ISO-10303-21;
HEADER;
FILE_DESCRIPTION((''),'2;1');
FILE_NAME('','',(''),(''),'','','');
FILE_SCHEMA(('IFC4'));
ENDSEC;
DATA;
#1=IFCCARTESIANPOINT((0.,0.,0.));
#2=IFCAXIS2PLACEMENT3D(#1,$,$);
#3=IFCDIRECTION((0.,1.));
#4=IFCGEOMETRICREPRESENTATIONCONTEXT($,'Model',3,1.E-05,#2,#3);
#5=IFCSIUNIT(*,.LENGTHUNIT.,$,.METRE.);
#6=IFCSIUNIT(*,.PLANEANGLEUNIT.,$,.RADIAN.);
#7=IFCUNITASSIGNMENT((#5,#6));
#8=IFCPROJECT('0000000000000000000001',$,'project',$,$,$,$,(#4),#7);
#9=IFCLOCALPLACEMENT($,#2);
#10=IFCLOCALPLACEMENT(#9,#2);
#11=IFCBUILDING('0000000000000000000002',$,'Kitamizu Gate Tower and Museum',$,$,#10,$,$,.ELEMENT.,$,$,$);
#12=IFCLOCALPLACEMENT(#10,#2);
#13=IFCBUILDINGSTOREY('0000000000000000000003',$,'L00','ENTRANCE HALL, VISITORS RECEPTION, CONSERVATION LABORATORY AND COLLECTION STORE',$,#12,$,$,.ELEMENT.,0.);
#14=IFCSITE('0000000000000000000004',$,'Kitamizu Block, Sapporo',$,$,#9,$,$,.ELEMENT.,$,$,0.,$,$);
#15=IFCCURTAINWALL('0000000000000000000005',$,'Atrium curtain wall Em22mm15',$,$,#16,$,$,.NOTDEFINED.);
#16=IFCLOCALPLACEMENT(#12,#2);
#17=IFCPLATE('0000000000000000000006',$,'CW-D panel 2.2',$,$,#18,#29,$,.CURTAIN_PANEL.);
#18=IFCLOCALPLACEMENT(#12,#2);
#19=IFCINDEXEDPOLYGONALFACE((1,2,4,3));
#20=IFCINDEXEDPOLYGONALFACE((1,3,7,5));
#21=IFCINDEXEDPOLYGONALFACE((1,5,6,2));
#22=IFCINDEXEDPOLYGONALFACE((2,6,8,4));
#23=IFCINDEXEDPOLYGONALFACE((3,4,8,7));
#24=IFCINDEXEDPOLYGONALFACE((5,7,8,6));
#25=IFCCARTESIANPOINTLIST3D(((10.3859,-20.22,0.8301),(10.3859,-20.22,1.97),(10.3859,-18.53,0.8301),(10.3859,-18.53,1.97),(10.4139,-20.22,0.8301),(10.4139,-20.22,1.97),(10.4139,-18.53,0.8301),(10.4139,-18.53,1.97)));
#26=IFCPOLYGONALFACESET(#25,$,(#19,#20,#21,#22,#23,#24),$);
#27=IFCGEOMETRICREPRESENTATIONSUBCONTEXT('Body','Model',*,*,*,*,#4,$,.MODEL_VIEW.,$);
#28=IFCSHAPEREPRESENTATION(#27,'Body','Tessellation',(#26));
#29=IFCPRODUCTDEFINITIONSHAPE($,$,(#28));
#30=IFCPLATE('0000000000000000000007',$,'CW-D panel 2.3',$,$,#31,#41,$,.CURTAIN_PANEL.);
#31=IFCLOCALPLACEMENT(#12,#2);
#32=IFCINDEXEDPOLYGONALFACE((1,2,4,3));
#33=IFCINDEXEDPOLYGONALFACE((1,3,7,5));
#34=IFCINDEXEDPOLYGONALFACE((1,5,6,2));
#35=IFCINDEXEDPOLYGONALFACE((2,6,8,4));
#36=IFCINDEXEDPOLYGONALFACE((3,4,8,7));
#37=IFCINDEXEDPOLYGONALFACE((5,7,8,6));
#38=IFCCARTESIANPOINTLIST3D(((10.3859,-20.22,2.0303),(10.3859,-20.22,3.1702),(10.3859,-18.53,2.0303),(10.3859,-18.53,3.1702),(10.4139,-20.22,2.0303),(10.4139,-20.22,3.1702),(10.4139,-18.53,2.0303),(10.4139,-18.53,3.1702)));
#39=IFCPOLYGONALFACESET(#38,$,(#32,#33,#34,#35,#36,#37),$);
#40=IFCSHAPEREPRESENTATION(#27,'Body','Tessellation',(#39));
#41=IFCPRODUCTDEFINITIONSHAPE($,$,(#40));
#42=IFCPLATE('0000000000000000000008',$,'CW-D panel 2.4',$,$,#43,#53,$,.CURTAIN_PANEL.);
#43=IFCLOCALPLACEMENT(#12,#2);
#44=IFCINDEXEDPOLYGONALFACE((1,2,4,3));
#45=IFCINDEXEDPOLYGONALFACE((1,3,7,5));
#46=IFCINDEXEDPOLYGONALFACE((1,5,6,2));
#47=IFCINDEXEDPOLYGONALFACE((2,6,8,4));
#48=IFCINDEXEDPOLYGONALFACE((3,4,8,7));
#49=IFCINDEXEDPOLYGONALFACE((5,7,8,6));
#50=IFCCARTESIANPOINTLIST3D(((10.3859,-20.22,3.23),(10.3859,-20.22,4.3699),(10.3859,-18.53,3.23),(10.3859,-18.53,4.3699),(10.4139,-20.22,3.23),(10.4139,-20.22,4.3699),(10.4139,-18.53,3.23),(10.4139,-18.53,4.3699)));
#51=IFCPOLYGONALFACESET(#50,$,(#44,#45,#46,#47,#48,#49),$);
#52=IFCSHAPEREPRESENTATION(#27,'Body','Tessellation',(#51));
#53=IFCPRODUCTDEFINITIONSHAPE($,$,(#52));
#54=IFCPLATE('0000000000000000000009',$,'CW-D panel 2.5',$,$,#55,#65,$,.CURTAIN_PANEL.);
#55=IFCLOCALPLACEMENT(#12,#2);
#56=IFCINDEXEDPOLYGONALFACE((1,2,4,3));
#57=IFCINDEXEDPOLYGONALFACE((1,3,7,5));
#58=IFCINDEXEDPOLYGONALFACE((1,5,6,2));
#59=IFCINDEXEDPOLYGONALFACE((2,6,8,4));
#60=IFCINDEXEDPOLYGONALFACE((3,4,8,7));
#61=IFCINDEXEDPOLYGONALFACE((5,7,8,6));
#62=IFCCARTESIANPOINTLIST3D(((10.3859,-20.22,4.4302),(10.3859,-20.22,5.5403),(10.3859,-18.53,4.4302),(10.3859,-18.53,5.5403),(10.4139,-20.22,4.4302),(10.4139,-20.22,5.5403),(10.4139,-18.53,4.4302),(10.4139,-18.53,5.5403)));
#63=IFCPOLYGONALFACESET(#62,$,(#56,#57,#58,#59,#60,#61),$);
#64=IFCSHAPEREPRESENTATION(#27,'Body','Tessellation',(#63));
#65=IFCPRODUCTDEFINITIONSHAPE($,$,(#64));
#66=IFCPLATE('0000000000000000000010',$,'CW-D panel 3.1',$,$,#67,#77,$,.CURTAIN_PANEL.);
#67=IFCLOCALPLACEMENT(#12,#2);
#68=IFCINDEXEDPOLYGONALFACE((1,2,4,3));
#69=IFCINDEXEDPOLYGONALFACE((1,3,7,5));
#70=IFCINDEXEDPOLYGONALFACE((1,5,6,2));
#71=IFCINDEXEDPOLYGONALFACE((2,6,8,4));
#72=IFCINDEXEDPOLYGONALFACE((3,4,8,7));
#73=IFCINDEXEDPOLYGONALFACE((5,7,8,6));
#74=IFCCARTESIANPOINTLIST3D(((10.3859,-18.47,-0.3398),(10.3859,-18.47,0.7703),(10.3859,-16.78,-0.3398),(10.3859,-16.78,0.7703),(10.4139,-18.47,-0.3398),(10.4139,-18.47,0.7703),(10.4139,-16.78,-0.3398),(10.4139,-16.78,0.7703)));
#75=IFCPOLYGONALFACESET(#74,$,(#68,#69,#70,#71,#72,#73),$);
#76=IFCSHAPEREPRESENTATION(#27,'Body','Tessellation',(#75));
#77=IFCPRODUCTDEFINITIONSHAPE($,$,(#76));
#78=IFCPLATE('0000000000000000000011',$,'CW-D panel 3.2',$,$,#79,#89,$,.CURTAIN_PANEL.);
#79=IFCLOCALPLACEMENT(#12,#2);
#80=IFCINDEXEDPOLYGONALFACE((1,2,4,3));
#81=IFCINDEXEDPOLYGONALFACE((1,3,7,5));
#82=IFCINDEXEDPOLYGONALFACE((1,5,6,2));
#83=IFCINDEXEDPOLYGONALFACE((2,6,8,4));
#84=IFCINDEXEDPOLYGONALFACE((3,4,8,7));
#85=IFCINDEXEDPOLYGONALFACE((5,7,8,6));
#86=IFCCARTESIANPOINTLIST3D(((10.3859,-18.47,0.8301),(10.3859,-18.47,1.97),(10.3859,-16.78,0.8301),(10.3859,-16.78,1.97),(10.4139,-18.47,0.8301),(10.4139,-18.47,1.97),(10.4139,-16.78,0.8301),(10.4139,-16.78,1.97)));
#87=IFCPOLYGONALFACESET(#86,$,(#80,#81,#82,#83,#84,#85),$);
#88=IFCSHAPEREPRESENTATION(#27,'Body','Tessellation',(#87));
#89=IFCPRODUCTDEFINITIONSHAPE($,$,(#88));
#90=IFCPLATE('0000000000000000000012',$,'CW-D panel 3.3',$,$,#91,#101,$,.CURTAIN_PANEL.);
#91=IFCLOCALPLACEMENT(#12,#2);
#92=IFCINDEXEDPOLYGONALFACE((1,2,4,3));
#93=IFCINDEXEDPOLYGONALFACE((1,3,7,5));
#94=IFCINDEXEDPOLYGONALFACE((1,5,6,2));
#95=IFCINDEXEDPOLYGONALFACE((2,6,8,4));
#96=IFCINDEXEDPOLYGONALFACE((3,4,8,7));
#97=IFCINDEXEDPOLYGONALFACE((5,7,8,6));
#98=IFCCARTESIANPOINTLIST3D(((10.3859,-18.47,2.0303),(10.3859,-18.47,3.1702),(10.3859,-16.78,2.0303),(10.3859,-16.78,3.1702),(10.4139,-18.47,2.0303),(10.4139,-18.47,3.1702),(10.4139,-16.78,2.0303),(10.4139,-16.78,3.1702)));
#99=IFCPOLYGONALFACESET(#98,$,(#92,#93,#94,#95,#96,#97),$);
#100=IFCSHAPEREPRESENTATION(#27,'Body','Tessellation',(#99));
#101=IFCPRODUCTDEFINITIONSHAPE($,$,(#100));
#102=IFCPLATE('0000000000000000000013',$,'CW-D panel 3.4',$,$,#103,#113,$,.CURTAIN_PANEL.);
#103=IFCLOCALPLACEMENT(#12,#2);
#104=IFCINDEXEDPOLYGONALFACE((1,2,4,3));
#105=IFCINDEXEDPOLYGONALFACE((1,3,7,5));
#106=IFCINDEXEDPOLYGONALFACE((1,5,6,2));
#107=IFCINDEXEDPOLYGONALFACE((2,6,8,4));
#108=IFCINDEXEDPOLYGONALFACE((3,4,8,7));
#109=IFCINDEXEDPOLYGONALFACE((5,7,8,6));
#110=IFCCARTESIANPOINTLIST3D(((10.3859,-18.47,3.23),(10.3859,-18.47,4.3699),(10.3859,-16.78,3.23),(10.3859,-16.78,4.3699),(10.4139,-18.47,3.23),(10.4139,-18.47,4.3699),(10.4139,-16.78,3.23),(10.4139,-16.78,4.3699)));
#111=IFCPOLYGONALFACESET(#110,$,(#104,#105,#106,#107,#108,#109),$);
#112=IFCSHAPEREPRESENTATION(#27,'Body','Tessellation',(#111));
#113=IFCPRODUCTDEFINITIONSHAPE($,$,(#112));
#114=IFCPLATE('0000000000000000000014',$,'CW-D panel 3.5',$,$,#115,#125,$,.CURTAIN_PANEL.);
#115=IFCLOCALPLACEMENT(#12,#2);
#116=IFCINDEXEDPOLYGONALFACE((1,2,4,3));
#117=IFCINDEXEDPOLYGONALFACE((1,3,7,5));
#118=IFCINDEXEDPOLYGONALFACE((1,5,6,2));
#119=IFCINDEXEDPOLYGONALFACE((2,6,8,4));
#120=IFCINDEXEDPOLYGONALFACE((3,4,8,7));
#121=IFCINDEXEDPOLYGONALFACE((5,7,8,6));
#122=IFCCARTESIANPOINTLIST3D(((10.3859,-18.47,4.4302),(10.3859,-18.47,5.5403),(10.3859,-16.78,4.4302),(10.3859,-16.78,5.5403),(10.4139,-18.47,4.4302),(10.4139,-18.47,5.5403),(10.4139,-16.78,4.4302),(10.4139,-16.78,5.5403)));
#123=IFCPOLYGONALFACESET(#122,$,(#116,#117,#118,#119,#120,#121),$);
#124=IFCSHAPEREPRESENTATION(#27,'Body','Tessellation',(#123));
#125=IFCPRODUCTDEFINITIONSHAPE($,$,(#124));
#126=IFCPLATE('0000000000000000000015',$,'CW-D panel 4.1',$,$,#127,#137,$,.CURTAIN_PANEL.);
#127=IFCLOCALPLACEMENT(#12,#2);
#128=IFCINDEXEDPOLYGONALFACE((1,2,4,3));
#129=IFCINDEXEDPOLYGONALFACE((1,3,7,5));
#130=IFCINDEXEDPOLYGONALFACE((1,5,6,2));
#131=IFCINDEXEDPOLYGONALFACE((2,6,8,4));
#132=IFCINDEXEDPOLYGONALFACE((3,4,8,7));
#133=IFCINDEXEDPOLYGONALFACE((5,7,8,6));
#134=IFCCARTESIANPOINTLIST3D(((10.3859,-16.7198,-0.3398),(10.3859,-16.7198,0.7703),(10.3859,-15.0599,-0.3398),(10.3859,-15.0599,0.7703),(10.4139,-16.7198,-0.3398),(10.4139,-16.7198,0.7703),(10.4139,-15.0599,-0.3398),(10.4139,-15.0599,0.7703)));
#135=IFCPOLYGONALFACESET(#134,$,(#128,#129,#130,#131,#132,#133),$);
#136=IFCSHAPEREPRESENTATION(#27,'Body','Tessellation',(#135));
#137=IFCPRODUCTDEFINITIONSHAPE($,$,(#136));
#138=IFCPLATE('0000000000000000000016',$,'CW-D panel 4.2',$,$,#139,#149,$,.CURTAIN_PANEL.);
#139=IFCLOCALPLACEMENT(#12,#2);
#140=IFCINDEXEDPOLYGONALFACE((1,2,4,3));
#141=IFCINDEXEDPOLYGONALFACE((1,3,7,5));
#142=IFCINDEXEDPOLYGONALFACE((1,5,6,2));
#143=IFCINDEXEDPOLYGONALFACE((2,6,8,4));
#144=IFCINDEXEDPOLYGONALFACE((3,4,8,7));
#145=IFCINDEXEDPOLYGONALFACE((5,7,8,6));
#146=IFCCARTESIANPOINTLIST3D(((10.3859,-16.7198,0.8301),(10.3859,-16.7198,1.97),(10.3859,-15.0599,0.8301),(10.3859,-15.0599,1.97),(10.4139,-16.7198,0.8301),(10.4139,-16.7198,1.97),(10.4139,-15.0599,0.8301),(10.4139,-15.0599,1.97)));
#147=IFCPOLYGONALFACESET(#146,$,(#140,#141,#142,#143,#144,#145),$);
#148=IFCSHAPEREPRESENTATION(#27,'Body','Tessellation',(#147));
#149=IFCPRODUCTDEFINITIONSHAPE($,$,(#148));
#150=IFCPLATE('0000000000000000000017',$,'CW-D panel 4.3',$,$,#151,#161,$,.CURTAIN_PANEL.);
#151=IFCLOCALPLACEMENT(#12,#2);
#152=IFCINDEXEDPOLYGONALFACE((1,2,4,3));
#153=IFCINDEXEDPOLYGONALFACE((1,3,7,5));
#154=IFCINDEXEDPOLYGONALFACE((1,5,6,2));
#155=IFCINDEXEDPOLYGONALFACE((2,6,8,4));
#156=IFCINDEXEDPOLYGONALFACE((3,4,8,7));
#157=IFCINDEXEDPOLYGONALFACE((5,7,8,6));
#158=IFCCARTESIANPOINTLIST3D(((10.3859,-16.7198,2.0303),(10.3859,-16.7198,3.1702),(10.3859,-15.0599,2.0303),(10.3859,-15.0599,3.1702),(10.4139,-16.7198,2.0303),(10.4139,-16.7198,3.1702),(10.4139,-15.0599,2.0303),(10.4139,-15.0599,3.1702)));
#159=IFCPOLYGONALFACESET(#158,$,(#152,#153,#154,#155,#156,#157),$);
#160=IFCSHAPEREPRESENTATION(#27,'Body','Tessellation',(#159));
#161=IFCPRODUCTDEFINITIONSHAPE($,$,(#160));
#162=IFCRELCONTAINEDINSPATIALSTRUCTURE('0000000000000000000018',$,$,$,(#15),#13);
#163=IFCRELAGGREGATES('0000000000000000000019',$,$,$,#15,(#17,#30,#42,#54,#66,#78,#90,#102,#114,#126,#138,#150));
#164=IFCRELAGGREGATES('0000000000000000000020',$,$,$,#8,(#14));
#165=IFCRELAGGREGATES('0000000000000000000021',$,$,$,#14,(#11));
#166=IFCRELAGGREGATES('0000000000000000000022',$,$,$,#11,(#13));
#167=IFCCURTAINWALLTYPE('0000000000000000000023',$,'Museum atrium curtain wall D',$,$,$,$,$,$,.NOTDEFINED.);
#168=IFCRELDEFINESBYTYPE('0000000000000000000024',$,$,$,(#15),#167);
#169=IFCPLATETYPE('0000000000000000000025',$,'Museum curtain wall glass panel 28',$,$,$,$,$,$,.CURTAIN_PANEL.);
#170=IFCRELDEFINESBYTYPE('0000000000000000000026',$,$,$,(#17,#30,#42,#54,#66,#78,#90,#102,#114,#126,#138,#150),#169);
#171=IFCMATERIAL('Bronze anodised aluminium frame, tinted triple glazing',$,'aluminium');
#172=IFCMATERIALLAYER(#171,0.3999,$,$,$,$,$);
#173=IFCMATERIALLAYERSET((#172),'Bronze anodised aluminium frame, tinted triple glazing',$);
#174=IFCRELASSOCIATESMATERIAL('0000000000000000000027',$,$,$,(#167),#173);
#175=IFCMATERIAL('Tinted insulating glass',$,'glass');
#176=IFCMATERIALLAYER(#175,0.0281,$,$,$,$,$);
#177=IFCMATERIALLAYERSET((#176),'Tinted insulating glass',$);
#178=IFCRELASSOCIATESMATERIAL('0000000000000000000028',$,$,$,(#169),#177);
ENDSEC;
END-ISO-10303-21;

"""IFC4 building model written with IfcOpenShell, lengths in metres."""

from ifc_helpers import new_model, si_unit, direction, frame, origin, origin_2d, place, context, subcontext, project, spatial, rectangle, extrude, material, layer, layer_set, type_object, element, aggregate, save


model = new_model("IFC4")

# Units and contexts
model_context = context("Model", 3, precision=1e-05, world=origin(), true_north=direction((0.0, 1.0)))
body_context = subcontext(model_context, "Body", "Model", "MODEL_VIEW")
ifc_project = project(units=[si_unit("LENGTHUNIT", "METRE"), si_unit("PLANEANGLEUNIT", "RADIAN")], contexts=[model_context])

# Site, building, storey
site_placement = place(None, origin())
site = spatial("IfcSite", under=ifc_project, at=site_placement, Name="Kitamizu Block, Sapporo", CompositionType="ELEMENT", RefElevation=0.0)
building_placement = place(site_placement, origin())
building = spatial("IfcBuilding", under=site, at=building_placement, Name="Kitamizu Gate Tower and Museum", CompositionType="ELEMENT")
storey_placement = place(building_placement, origin())
storey = spatial("IfcBuildingStorey", under=building, at=storey_placement, Name="L00", Description="ENTRANCE HALL, VISITORS RECEPTION, CONSERVATION LABORATORY AND COLLECTION STORE", CompositionType="ELEMENT", Elevation=0.0)

# Curtain wall, plates
ifc_material_1 = material(Name="Bronze anodised aluminium frame, tinted triple glazing", Category="aluminium")
ifc_layer_1 = layer(ifc_material_1, 0.3999)
ifc_layer_set_1 = layer_set([ifc_layer_1], Name="Bronze anodised aluminium frame, tinted triple glazing")
curtain_wall_type = type_object("IfcCurtainWallType", Name="Museum atrium curtain wall D", PredefinedType="NOTDEFINED", material=ifc_layer_set_1)
curtain_wall_placement = place(storey_placement, origin())
curtain_wall = element("IfcCurtainWall", 1, at=curtain_wall_placement, inside=storey, type_object=curtain_wall_type, Name="Atrium curtain wall Em22mm15", PredefinedType="NOTDEFINED")
ifc_material_2 = material(Name="Tinted insulating glass", Category="glass")
ifc_layer_2 = layer(ifc_material_2, 0.0281)
ifc_layer_set_2 = layer_set([ifc_layer_2], Name="Tinted insulating glass")
plate_type = type_object("IfcPlateType", Name="Museum curtain wall glass panel 28", PredefinedType="CURTAIN_PANEL", material=ifc_layer_set_2)
plate_1_placement = place(storey_placement, frame((10.3999, -19.375, 0.8301), z_axis=(0.0, 0.0, 1.0), x_axis=(0.0, 1.0, 0.0)))
plate_1 = element("IfcPlate", 2, at=plate_1_placement, type_object=plate_type, Name="CW-D panel 2.2", PredefinedType="CURTAIN_PANEL", context=body_context, shape_type="SweptSolid", body=[
    extrude(rectangle(XDim=1.6899, YDim=0.0281, at=origin_2d()), origin(), (0.0, 0.0, 1.0), 1.1399),
])
plate_2_placement = place(storey_placement, frame((10.3999, -19.375, 2.0303), z_axis=(0.0, 0.0, 1.0), x_axis=(0.0, 1.0, 0.0)))
plate_2 = element("IfcPlate", 3, at=plate_2_placement, type_object=plate_type, Name="CW-D panel 2.3", PredefinedType="CURTAIN_PANEL", context=body_context, shape_type="SweptSolid", body=[
    extrude(rectangle(XDim=1.6899, YDim=0.0281, at=origin_2d()), origin(), (0.0, 0.0, 1.0), 1.1399),
])
plate_3_placement = place(storey_placement, frame((10.3999, -19.375, 3.23), z_axis=(0.0, 0.0, 1.0), x_axis=(0.0, 1.0, 0.0)))
plate_3 = element("IfcPlate", 4, at=plate_3_placement, type_object=plate_type, Name="CW-D panel 2.4", PredefinedType="CURTAIN_PANEL", context=body_context, shape_type="SweptSolid", body=[
    extrude(rectangle(XDim=1.6899, YDim=0.0281, at=origin_2d()), origin(), (0.0, 0.0, 1.0), 1.1399),
])
plate_4_placement = place(storey_placement, frame((10.3999, -19.375, 4.4302), z_axis=(0.0, 0.0, 1.0), x_axis=(0.0, 1.0, 0.0)))
plate_4 = element("IfcPlate", 5, at=plate_4_placement, type_object=plate_type, Name="CW-D panel 2.5", PredefinedType="CURTAIN_PANEL", context=body_context, shape_type="SweptSolid", body=[
    extrude(rectangle(XDim=1.6899, YDim=0.0281, at=origin_2d()), origin(), (0.0, 0.0, 1.0), 1.1101),
])
plate_5_placement = place(storey_placement, frame((10.3999, -17.625, -0.3398), z_axis=(0.0, 0.0, 1.0), x_axis=(0.0, 1.0, 0.0)))
plate_5 = element("IfcPlate", 6, at=plate_5_placement, type_object=plate_type, Name="CW-D panel 3.1", PredefinedType="CURTAIN_PANEL", context=body_context, shape_type="SweptSolid", body=[
    extrude(rectangle(XDim=1.6899, YDim=0.0281, at=origin_2d()), origin(), (0.0, 0.0, 1.0), 1.1101),
])
plate_6_placement = place(storey_placement, frame((10.3999, -17.625, 0.8301), z_axis=(0.0, 0.0, 1.0), x_axis=(0.0, 1.0, 0.0)))
plate_6 = element("IfcPlate", 7, at=plate_6_placement, type_object=plate_type, Name="CW-D panel 3.2", PredefinedType="CURTAIN_PANEL", context=body_context, shape_type="SweptSolid", body=[
    extrude(rectangle(XDim=1.6899, YDim=0.0281, at=origin_2d()), origin(), (0.0, 0.0, 1.0), 1.1399),
])
plate_7_placement = place(storey_placement, frame((10.3999, -17.625, 2.0303), z_axis=(0.0, 0.0, 1.0), x_axis=(0.0, 1.0, 0.0)))
plate_7 = element("IfcPlate", 8, at=plate_7_placement, type_object=plate_type, Name="CW-D panel 3.3", PredefinedType="CURTAIN_PANEL", context=body_context, shape_type="SweptSolid", body=[
    extrude(rectangle(XDim=1.6899, YDim=0.0281, at=origin_2d()), origin(), (0.0, 0.0, 1.0), 1.1399),
])
plate_8_placement = place(storey_placement, frame((10.3999, -17.625, 3.23), z_axis=(0.0, 0.0, 1.0), x_axis=(0.0, 1.0, 0.0)))
plate_8 = element("IfcPlate", 9, at=plate_8_placement, type_object=plate_type, Name="CW-D panel 3.4", PredefinedType="CURTAIN_PANEL", context=body_context, shape_type="SweptSolid", body=[
    extrude(rectangle(XDim=1.6899, YDim=0.0281, at=origin_2d()), origin(), (0.0, 0.0, 1.0), 1.1399),
])
plate_9_placement = place(storey_placement, frame((10.3999, -17.625, 4.4302), z_axis=(0.0, 0.0, 1.0), x_axis=(0.0, 1.0, 0.0)))
plate_9 = element("IfcPlate", 10, at=plate_9_placement, type_object=plate_type, Name="CW-D panel 3.5", PredefinedType="CURTAIN_PANEL", context=body_context, shape_type="SweptSolid", body=[
    extrude(rectangle(XDim=1.6899, YDim=0.0281, at=origin_2d()), origin(), (0.0, 0.0, 1.0), 1.1101),
])
plate_10_placement = place(storey_placement, frame((10.3999, -15.8899, -0.3398), z_axis=(0.0, 0.0, 1.0), x_axis=(0.0, 1.0, 0.0)))
plate_10 = element("IfcPlate", 11, at=plate_10_placement, type_object=plate_type, Name="CW-D panel 4.1", PredefinedType="CURTAIN_PANEL", context=body_context, shape_type="SweptSolid", body=[
    extrude(rectangle(XDim=1.6599, YDim=0.0281, at=origin_2d()), origin(), (0.0, 0.0, 1.0), 1.1101),
])
plate_11_placement = place(storey_placement, frame((10.3999, -15.8899, 0.8301), z_axis=(0.0, 0.0, 1.0), x_axis=(0.0, 1.0, 0.0)))
plate_11 = element("IfcPlate", 12, at=plate_11_placement, type_object=plate_type, Name="CW-D panel 4.2", PredefinedType="CURTAIN_PANEL", context=body_context, shape_type="SweptSolid", body=[
    extrude(rectangle(XDim=1.6599, YDim=0.0281, at=origin_2d()), origin(), (0.0, 0.0, 1.0), 1.1399),
])
plate_12_placement = place(storey_placement, frame((10.3999, -15.8899, 2.0303), z_axis=(0.0, 0.0, 1.0), x_axis=(0.0, 1.0, 0.0)))
plate_12 = element("IfcPlate", 13, at=plate_12_placement, type_object=plate_type, Name="CW-D panel 4.3", PredefinedType="CURTAIN_PANEL", context=body_context, shape_type="SweptSolid", body=[
    extrude(rectangle(XDim=1.6599, YDim=0.0281, at=origin_2d()), origin(), (0.0, 0.0, 1.0), 1.1399),
])
aggregate(curtain_wall, [plate_1, plate_2, plate_3, plate_4, plate_5, plate_6, plate_7, plate_8, plate_9, plate_10, plate_11, plate_12])

save(model, "model.ifc")
